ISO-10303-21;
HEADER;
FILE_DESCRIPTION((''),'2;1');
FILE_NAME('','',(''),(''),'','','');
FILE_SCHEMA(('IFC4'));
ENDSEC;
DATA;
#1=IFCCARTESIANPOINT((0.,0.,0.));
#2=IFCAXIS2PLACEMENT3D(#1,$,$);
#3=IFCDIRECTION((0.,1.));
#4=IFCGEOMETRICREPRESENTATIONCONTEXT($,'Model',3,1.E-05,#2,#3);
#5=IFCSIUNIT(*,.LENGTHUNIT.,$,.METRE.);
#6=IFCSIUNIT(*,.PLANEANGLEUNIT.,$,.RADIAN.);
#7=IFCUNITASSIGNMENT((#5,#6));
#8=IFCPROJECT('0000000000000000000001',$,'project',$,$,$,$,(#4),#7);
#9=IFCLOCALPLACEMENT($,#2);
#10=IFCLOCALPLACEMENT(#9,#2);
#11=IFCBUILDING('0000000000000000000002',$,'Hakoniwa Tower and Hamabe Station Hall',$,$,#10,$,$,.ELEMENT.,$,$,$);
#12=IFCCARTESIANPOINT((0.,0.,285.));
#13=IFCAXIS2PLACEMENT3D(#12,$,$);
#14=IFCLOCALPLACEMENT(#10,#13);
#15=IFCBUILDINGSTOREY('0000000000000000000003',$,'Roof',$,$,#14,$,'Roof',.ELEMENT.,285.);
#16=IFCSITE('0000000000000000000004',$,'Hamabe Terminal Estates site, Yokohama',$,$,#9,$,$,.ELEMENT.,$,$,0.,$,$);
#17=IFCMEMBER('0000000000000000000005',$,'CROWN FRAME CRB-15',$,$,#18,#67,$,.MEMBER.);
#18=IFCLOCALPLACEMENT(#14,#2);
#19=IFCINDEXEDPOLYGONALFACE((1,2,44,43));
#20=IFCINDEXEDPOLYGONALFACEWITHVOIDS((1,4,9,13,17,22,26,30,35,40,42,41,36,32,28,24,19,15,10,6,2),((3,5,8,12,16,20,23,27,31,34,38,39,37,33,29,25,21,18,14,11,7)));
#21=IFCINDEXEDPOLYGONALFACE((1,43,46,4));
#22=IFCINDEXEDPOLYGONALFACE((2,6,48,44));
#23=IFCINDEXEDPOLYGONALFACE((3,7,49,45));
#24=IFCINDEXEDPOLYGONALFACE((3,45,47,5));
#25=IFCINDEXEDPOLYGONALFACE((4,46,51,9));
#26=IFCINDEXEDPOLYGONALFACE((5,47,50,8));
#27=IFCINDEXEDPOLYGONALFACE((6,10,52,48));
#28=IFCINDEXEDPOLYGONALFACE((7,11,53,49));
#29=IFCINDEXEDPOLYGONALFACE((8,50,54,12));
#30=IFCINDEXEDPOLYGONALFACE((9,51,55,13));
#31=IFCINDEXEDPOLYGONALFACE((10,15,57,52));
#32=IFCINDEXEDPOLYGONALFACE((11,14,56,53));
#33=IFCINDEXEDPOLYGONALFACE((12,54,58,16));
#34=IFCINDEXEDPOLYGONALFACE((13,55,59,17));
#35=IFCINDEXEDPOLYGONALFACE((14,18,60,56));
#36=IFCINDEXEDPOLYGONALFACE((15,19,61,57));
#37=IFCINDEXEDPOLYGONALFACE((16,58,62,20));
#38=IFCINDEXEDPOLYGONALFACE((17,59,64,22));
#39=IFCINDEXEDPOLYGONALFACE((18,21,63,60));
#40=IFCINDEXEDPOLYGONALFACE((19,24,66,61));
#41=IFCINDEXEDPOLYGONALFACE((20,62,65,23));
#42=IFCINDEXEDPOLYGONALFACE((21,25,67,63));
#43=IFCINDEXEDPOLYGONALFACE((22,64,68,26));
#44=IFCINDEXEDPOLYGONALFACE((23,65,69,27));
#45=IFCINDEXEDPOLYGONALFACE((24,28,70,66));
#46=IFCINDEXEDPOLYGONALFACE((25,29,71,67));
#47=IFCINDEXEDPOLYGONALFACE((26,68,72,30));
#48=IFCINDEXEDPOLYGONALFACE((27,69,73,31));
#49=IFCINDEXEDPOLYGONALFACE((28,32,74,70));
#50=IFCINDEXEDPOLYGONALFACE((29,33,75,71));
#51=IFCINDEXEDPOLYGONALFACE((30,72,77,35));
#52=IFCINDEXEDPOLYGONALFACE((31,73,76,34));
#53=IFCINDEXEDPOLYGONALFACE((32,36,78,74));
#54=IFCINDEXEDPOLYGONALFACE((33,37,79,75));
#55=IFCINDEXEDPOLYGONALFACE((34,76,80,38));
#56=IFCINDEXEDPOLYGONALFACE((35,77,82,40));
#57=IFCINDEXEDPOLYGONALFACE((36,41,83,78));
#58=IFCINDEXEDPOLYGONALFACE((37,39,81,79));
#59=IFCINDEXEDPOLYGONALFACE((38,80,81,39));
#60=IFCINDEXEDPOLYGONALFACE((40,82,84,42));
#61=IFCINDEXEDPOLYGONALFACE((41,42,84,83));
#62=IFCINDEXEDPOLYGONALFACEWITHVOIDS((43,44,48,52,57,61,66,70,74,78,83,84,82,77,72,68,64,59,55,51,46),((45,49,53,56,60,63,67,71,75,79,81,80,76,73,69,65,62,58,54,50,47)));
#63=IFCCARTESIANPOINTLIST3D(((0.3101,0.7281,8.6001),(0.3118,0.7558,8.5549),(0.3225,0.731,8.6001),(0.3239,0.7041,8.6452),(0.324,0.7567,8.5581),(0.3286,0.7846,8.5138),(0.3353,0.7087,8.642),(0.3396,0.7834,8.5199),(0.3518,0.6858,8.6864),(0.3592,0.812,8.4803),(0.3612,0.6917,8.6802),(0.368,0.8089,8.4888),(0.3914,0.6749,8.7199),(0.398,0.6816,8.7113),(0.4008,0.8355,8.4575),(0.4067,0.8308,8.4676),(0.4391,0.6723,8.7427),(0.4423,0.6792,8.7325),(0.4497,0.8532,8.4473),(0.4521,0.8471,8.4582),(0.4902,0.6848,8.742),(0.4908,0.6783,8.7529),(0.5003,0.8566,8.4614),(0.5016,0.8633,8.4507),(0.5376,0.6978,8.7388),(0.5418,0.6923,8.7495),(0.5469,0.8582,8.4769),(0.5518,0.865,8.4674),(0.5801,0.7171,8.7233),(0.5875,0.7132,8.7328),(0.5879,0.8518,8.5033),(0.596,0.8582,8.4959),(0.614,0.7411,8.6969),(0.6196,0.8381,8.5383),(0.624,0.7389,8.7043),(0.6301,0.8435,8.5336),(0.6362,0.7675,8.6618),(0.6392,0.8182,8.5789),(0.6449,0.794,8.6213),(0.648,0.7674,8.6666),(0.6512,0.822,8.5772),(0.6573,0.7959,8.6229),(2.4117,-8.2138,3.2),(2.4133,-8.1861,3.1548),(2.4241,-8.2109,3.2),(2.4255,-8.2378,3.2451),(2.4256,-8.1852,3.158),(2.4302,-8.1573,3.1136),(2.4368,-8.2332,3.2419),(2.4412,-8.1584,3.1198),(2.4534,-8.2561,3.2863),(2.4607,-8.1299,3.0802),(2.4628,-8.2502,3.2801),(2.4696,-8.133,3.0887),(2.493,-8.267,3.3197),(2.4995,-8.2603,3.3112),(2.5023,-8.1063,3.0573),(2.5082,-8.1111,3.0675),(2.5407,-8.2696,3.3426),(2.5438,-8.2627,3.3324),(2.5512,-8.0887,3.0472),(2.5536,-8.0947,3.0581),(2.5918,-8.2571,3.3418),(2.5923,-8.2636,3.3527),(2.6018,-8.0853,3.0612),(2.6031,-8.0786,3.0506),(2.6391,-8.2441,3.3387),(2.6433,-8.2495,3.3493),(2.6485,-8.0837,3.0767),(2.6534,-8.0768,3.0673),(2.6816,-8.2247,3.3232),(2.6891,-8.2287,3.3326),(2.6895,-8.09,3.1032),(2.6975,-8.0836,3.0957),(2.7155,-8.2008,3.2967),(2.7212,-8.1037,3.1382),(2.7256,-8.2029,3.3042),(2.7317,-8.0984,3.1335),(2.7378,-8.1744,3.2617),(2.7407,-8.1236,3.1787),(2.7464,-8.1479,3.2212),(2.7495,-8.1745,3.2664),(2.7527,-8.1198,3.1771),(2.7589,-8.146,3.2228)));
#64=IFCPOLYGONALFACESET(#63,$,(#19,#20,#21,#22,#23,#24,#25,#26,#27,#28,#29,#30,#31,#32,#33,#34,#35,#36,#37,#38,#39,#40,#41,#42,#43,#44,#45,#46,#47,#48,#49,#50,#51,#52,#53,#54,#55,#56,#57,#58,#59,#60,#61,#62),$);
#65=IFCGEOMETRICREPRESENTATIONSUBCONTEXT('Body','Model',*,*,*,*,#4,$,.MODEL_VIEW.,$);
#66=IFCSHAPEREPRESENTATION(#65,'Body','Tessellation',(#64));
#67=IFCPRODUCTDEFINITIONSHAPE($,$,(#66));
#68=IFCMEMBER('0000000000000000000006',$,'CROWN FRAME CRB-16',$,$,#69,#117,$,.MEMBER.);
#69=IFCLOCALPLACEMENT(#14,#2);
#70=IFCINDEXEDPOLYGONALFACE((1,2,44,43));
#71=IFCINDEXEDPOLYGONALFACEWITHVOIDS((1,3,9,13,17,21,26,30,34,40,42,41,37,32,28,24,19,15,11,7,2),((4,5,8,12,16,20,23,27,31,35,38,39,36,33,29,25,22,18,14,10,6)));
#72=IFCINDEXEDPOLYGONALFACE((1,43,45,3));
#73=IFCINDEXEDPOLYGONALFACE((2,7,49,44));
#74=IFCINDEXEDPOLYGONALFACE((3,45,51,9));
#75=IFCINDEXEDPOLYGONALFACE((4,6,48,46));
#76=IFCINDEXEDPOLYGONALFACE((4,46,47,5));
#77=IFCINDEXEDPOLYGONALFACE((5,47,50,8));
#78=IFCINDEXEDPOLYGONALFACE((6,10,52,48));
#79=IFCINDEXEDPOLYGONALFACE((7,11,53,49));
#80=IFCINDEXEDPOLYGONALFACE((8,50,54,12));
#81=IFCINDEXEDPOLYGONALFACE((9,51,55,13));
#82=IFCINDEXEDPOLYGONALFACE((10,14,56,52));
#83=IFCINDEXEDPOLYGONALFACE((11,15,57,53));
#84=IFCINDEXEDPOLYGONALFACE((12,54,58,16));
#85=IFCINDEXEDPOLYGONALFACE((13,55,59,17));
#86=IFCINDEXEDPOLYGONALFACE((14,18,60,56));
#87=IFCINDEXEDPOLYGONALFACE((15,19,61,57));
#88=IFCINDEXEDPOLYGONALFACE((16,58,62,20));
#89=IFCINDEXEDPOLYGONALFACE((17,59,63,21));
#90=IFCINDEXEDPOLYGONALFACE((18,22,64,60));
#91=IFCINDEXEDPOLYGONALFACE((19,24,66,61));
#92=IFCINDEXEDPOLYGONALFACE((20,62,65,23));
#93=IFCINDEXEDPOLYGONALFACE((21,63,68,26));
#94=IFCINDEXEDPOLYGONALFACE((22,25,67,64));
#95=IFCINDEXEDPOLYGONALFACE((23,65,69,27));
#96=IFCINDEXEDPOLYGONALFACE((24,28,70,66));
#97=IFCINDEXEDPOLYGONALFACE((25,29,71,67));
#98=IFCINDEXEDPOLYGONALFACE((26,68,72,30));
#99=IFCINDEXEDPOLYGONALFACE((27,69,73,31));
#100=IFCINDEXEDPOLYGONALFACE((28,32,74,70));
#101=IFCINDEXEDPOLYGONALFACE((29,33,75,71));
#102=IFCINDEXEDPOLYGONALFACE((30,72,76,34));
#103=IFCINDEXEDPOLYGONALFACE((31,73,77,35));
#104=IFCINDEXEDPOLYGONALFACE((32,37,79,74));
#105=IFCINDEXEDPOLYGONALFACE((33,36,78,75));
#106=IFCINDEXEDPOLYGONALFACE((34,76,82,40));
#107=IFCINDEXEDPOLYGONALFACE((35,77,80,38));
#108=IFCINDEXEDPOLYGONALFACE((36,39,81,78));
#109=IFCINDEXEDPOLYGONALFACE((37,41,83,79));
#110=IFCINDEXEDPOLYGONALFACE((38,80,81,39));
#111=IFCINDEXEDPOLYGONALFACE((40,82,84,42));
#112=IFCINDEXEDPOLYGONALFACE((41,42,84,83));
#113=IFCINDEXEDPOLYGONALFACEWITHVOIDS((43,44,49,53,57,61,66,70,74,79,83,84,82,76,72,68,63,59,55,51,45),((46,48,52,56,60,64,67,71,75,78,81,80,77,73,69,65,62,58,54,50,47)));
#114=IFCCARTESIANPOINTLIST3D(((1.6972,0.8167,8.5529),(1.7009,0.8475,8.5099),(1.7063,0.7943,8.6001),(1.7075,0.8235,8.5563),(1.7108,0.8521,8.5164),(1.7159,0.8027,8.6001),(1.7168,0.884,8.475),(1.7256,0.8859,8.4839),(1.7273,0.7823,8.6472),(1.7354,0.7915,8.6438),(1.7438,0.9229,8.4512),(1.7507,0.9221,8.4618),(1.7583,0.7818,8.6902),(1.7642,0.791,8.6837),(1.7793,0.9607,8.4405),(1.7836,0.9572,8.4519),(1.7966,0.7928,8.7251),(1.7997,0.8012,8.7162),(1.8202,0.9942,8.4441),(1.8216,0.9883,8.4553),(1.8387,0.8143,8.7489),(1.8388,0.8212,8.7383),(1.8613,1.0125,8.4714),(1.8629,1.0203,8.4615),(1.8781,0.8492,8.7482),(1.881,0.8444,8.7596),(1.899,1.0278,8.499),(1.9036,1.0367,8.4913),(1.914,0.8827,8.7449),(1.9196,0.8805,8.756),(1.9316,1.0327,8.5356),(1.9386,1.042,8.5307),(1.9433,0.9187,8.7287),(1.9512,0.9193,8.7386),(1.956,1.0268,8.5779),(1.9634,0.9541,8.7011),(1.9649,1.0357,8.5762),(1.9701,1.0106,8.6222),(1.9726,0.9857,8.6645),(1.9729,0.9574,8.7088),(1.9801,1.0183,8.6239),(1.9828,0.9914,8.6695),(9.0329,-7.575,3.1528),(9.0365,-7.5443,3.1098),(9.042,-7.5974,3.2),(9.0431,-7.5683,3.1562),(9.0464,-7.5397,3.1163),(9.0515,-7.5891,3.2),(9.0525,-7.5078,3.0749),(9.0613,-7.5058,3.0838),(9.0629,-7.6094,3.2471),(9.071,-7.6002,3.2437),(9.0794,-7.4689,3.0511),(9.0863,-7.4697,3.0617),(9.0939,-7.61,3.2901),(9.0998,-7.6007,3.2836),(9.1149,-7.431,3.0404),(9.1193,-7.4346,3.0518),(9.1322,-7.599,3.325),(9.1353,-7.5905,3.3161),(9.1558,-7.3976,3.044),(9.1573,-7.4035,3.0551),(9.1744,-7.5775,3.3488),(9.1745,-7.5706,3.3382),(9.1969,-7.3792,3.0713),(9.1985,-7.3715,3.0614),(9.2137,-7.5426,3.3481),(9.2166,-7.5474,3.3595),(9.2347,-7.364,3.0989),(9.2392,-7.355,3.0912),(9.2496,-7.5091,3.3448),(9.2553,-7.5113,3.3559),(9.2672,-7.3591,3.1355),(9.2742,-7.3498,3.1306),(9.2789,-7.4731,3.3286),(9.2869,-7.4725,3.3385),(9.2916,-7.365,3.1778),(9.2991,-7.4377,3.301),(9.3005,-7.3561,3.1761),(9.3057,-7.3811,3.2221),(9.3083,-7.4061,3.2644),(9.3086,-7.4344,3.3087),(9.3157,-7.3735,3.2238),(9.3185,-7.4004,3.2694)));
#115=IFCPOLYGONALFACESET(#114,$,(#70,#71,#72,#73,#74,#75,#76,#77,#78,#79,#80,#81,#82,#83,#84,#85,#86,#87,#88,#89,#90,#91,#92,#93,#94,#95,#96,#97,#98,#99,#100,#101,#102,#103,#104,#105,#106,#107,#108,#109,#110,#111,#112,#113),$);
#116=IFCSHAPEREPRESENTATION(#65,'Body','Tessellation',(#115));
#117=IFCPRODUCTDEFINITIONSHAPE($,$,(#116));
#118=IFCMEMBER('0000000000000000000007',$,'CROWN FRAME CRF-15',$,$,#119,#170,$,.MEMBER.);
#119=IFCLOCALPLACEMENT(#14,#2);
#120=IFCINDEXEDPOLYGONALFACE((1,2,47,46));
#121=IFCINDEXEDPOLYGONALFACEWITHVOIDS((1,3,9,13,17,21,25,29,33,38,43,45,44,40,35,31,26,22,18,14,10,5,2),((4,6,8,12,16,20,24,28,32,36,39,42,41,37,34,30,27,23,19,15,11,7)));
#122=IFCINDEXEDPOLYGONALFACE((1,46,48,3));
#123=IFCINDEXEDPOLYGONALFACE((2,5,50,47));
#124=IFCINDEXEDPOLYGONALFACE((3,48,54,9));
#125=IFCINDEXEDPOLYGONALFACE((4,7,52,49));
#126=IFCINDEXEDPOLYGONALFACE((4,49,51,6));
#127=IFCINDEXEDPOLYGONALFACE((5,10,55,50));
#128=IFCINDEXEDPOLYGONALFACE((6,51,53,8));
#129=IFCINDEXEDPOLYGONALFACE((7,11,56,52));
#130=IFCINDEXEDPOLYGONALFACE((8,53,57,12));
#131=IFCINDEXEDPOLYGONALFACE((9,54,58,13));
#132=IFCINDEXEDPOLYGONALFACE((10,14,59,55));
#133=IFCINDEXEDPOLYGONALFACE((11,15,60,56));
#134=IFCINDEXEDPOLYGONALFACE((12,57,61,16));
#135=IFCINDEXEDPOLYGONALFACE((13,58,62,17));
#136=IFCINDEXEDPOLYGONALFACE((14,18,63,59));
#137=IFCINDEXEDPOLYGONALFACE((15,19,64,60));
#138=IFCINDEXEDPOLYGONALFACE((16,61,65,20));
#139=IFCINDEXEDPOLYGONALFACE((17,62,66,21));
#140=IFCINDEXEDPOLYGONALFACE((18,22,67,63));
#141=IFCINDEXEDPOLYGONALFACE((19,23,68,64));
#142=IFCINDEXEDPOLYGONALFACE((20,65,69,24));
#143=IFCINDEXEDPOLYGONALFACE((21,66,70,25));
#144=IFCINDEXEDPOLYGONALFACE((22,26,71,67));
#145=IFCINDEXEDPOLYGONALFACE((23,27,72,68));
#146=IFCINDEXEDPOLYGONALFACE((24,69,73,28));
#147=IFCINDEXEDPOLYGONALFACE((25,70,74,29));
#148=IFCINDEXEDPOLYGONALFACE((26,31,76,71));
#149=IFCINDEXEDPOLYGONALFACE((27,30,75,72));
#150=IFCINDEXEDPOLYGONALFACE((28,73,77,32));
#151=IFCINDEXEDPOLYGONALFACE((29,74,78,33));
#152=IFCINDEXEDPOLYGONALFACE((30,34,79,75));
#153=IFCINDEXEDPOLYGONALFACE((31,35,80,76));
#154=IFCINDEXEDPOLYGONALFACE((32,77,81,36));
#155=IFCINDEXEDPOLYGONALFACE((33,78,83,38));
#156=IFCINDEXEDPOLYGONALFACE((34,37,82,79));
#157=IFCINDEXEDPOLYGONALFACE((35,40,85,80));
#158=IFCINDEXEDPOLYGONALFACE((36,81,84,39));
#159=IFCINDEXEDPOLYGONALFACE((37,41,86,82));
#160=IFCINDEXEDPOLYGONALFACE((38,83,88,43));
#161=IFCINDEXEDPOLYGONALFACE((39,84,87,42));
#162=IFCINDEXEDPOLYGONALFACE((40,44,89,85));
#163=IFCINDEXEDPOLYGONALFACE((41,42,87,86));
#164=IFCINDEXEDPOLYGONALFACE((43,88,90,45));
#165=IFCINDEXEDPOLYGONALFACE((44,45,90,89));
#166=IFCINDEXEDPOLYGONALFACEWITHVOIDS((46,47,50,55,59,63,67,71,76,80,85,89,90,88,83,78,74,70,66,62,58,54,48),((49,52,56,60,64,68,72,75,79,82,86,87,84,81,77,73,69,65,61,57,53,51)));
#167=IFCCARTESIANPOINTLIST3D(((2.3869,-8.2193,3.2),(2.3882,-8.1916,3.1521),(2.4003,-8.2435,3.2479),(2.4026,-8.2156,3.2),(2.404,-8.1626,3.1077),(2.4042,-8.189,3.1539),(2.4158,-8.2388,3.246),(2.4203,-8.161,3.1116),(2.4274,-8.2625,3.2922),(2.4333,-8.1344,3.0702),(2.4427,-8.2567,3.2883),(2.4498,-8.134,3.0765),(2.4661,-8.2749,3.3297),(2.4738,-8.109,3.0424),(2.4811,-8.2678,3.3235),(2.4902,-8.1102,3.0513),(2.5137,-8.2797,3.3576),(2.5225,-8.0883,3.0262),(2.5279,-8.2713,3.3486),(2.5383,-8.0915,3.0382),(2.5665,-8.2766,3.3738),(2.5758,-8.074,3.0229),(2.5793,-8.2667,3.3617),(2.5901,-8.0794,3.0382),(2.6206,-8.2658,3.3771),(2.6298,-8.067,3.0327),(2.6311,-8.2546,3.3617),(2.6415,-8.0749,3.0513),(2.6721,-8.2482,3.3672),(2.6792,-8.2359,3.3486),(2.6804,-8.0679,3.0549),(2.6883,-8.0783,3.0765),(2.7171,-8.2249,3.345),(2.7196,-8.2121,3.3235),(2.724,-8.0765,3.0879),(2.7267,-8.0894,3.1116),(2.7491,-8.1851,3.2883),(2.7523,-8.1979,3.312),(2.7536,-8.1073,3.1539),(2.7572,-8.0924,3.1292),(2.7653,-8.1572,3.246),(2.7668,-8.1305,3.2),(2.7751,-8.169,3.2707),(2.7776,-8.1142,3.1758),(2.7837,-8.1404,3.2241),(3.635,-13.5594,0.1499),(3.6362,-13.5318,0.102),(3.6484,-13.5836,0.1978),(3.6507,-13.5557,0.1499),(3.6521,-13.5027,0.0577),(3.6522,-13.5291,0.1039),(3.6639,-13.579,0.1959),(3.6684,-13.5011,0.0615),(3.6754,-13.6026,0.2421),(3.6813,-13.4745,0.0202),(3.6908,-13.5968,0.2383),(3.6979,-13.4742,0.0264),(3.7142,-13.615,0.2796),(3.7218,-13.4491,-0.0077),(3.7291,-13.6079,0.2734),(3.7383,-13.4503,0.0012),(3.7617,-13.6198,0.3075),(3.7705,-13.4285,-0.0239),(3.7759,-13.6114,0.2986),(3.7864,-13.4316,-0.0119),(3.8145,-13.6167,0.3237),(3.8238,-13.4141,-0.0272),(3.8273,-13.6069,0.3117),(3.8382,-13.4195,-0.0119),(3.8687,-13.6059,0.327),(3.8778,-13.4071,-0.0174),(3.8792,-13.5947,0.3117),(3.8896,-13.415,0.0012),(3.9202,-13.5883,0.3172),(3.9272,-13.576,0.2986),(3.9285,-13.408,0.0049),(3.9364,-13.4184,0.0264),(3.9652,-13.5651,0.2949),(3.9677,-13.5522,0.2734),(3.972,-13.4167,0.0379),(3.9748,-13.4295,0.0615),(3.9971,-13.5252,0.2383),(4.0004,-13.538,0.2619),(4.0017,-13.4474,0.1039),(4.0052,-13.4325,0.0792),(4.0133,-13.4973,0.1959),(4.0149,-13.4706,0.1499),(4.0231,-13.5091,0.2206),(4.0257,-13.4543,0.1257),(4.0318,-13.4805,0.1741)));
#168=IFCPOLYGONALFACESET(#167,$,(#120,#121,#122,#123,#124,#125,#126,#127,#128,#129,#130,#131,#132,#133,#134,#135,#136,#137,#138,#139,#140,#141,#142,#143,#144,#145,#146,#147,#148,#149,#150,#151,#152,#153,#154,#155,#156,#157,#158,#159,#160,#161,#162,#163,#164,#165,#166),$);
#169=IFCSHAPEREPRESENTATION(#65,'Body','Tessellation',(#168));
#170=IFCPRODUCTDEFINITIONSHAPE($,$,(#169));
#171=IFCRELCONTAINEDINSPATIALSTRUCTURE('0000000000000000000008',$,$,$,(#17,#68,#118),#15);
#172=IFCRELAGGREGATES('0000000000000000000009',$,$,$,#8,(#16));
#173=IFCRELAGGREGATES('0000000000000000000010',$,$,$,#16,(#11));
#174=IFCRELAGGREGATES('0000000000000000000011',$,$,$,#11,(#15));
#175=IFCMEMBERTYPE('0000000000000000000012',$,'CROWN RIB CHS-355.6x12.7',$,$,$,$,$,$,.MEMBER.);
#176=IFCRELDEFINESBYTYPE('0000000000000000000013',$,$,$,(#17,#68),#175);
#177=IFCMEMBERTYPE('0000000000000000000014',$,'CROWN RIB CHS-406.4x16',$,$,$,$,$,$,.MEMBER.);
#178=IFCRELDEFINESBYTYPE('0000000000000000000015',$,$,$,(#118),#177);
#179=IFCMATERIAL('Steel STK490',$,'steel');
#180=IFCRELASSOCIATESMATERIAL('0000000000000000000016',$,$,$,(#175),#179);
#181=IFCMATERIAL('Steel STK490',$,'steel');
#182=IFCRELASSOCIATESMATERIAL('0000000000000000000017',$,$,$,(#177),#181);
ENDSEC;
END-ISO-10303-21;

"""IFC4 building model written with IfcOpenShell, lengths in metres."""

from ifc_helpers import new_model, si_unit, direction, frame, origin, origin_2d, place, context, subcontext, project, spatial, hollow_circle, extrude, material, material_profile, profile_set, type_object, element, save


model = new_model("IFC4")

# Units and contexts
model_context = context("Model", 3, precision=1e-05, world=origin(), true_north=direction((0.0, 1.0)))
body_context = subcontext(model_context, "Body", "Model", "MODEL_VIEW")
ifc_project = project(units=[si_unit("LENGTHUNIT", "METRE"), si_unit("PLANEANGLEUNIT", "RADIAN")], contexts=[model_context])

# Site, building, storey
site_placement = place(None, origin())
site = spatial("IfcSite", under=ifc_project, at=site_placement, Name="Hamabe Terminal Estates site, Yokohama", CompositionType="ELEMENT", RefElevation=0.0)
building_placement = place(site_placement, origin())
building = spatial("IfcBuilding", under=site, at=building_placement, Name="Hakoniwa Tower and Hamabe Station Hall", CompositionType="ELEMENT")
storey_placement = place(building_placement, frame((0.0, 0.0, 285.0)))
storey = spatial("IfcBuildingStorey", under=building, at=storey_placement, Name="Roof", LongName="Roof", CompositionType="ELEMENT", Elevation=285.0)

# Members
ifc_material_1 = material(Name="Steel STK490", Category="steel")
ifc_material_profile_1 = material_profile(ifc_material_1, hollow_circle(Radius=0.1777, WallThickness=0.0127, at=origin_2d()), Name="CHS-355.6x12.7")
ifc_profile_set_1 = profile_set([ifc_material_profile_1], Name="Steel STK490")
member_type_1 = type_object("IfcMemberType", Name="CROWN RIB CHS-355.6x12.7", PredefinedType="MEMBER", material=ifc_profile_set_1)
member_1_placement = place(storey_placement, frame((2.5847, -8.1731, 3.2), z_axis=(-0.197231, 0.839196, 0.506803), x_axis=(-0.973476, -0.22879, 0.0)))
element("IfcMember", 1, at=member_1_placement, inside=storey, type_object=member_type_1, Name="CROWN FRAME CRB-15", PredefinedType="MEMBER", context=body_context, shape_type="SweptSolid", body=[
    extrude(hollow_circle(Radius=0.1777, WallThickness=0.0127, at=origin_2d()), origin(), (0.0, 0.0, 1.0), 10.6553),
])
member_2_placement = place(storey_placement, frame((9.1758, -7.4805, 3.2), z_axis=(-0.592288, 0.677562, 0.436011), x_axis=(-0.752895, -0.65814, 0.0)))
element("IfcMember", 2, at=member_2_placement, inside=storey, type_object=member_type_1, Name="CROWN FRAME CRB-16", PredefinedType="MEMBER", context=body_context, shape_type="SweptSolid", body=[
    extrude(hollow_circle(Radius=0.1777, WallThickness=0.0127, at=origin_2d()), origin(), (0.0, 0.0, 1.0), 12.3853),
])
ifc_material_2 = material(Name="Steel STK490", Category="steel")
ifc_material_profile_2 = material_profile(ifc_material_2, hollow_circle(Radius=0.2031, WallThickness=0.0161, at=origin_2d()), Name="CHS-406.4x16")
ifc_profile_set_2 = profile_set([ifc_material_profile_2], Name="Steel STK490")
member_type_2 = type_object("IfcMemberType", Name="CROWN RIB CHS-406.4x16", PredefinedType="MEMBER", material=ifc_profile_set_2)
member_3_placement = place(storey_placement, frame((3.8328, -13.5132, 0.1499), z_axis=(-0.198889, 0.850996, 0.486055), x_axis=(-0.973759, -0.22758, 0.0)))
element("IfcMember", 3, at=member_3_placement, inside=storey, type_object=member_type_2, Name="CROWN FRAME CRF-15", PredefinedType="MEMBER", context=body_context, shape_type="SweptSolid", body=[
    extrude(hollow_circle(Radius=0.2031, WallThickness=0.0161, at=origin_2d()), origin(), (0.0, 0.0, 1.0), 6.2751),
])

save(model, "model.ifc")
